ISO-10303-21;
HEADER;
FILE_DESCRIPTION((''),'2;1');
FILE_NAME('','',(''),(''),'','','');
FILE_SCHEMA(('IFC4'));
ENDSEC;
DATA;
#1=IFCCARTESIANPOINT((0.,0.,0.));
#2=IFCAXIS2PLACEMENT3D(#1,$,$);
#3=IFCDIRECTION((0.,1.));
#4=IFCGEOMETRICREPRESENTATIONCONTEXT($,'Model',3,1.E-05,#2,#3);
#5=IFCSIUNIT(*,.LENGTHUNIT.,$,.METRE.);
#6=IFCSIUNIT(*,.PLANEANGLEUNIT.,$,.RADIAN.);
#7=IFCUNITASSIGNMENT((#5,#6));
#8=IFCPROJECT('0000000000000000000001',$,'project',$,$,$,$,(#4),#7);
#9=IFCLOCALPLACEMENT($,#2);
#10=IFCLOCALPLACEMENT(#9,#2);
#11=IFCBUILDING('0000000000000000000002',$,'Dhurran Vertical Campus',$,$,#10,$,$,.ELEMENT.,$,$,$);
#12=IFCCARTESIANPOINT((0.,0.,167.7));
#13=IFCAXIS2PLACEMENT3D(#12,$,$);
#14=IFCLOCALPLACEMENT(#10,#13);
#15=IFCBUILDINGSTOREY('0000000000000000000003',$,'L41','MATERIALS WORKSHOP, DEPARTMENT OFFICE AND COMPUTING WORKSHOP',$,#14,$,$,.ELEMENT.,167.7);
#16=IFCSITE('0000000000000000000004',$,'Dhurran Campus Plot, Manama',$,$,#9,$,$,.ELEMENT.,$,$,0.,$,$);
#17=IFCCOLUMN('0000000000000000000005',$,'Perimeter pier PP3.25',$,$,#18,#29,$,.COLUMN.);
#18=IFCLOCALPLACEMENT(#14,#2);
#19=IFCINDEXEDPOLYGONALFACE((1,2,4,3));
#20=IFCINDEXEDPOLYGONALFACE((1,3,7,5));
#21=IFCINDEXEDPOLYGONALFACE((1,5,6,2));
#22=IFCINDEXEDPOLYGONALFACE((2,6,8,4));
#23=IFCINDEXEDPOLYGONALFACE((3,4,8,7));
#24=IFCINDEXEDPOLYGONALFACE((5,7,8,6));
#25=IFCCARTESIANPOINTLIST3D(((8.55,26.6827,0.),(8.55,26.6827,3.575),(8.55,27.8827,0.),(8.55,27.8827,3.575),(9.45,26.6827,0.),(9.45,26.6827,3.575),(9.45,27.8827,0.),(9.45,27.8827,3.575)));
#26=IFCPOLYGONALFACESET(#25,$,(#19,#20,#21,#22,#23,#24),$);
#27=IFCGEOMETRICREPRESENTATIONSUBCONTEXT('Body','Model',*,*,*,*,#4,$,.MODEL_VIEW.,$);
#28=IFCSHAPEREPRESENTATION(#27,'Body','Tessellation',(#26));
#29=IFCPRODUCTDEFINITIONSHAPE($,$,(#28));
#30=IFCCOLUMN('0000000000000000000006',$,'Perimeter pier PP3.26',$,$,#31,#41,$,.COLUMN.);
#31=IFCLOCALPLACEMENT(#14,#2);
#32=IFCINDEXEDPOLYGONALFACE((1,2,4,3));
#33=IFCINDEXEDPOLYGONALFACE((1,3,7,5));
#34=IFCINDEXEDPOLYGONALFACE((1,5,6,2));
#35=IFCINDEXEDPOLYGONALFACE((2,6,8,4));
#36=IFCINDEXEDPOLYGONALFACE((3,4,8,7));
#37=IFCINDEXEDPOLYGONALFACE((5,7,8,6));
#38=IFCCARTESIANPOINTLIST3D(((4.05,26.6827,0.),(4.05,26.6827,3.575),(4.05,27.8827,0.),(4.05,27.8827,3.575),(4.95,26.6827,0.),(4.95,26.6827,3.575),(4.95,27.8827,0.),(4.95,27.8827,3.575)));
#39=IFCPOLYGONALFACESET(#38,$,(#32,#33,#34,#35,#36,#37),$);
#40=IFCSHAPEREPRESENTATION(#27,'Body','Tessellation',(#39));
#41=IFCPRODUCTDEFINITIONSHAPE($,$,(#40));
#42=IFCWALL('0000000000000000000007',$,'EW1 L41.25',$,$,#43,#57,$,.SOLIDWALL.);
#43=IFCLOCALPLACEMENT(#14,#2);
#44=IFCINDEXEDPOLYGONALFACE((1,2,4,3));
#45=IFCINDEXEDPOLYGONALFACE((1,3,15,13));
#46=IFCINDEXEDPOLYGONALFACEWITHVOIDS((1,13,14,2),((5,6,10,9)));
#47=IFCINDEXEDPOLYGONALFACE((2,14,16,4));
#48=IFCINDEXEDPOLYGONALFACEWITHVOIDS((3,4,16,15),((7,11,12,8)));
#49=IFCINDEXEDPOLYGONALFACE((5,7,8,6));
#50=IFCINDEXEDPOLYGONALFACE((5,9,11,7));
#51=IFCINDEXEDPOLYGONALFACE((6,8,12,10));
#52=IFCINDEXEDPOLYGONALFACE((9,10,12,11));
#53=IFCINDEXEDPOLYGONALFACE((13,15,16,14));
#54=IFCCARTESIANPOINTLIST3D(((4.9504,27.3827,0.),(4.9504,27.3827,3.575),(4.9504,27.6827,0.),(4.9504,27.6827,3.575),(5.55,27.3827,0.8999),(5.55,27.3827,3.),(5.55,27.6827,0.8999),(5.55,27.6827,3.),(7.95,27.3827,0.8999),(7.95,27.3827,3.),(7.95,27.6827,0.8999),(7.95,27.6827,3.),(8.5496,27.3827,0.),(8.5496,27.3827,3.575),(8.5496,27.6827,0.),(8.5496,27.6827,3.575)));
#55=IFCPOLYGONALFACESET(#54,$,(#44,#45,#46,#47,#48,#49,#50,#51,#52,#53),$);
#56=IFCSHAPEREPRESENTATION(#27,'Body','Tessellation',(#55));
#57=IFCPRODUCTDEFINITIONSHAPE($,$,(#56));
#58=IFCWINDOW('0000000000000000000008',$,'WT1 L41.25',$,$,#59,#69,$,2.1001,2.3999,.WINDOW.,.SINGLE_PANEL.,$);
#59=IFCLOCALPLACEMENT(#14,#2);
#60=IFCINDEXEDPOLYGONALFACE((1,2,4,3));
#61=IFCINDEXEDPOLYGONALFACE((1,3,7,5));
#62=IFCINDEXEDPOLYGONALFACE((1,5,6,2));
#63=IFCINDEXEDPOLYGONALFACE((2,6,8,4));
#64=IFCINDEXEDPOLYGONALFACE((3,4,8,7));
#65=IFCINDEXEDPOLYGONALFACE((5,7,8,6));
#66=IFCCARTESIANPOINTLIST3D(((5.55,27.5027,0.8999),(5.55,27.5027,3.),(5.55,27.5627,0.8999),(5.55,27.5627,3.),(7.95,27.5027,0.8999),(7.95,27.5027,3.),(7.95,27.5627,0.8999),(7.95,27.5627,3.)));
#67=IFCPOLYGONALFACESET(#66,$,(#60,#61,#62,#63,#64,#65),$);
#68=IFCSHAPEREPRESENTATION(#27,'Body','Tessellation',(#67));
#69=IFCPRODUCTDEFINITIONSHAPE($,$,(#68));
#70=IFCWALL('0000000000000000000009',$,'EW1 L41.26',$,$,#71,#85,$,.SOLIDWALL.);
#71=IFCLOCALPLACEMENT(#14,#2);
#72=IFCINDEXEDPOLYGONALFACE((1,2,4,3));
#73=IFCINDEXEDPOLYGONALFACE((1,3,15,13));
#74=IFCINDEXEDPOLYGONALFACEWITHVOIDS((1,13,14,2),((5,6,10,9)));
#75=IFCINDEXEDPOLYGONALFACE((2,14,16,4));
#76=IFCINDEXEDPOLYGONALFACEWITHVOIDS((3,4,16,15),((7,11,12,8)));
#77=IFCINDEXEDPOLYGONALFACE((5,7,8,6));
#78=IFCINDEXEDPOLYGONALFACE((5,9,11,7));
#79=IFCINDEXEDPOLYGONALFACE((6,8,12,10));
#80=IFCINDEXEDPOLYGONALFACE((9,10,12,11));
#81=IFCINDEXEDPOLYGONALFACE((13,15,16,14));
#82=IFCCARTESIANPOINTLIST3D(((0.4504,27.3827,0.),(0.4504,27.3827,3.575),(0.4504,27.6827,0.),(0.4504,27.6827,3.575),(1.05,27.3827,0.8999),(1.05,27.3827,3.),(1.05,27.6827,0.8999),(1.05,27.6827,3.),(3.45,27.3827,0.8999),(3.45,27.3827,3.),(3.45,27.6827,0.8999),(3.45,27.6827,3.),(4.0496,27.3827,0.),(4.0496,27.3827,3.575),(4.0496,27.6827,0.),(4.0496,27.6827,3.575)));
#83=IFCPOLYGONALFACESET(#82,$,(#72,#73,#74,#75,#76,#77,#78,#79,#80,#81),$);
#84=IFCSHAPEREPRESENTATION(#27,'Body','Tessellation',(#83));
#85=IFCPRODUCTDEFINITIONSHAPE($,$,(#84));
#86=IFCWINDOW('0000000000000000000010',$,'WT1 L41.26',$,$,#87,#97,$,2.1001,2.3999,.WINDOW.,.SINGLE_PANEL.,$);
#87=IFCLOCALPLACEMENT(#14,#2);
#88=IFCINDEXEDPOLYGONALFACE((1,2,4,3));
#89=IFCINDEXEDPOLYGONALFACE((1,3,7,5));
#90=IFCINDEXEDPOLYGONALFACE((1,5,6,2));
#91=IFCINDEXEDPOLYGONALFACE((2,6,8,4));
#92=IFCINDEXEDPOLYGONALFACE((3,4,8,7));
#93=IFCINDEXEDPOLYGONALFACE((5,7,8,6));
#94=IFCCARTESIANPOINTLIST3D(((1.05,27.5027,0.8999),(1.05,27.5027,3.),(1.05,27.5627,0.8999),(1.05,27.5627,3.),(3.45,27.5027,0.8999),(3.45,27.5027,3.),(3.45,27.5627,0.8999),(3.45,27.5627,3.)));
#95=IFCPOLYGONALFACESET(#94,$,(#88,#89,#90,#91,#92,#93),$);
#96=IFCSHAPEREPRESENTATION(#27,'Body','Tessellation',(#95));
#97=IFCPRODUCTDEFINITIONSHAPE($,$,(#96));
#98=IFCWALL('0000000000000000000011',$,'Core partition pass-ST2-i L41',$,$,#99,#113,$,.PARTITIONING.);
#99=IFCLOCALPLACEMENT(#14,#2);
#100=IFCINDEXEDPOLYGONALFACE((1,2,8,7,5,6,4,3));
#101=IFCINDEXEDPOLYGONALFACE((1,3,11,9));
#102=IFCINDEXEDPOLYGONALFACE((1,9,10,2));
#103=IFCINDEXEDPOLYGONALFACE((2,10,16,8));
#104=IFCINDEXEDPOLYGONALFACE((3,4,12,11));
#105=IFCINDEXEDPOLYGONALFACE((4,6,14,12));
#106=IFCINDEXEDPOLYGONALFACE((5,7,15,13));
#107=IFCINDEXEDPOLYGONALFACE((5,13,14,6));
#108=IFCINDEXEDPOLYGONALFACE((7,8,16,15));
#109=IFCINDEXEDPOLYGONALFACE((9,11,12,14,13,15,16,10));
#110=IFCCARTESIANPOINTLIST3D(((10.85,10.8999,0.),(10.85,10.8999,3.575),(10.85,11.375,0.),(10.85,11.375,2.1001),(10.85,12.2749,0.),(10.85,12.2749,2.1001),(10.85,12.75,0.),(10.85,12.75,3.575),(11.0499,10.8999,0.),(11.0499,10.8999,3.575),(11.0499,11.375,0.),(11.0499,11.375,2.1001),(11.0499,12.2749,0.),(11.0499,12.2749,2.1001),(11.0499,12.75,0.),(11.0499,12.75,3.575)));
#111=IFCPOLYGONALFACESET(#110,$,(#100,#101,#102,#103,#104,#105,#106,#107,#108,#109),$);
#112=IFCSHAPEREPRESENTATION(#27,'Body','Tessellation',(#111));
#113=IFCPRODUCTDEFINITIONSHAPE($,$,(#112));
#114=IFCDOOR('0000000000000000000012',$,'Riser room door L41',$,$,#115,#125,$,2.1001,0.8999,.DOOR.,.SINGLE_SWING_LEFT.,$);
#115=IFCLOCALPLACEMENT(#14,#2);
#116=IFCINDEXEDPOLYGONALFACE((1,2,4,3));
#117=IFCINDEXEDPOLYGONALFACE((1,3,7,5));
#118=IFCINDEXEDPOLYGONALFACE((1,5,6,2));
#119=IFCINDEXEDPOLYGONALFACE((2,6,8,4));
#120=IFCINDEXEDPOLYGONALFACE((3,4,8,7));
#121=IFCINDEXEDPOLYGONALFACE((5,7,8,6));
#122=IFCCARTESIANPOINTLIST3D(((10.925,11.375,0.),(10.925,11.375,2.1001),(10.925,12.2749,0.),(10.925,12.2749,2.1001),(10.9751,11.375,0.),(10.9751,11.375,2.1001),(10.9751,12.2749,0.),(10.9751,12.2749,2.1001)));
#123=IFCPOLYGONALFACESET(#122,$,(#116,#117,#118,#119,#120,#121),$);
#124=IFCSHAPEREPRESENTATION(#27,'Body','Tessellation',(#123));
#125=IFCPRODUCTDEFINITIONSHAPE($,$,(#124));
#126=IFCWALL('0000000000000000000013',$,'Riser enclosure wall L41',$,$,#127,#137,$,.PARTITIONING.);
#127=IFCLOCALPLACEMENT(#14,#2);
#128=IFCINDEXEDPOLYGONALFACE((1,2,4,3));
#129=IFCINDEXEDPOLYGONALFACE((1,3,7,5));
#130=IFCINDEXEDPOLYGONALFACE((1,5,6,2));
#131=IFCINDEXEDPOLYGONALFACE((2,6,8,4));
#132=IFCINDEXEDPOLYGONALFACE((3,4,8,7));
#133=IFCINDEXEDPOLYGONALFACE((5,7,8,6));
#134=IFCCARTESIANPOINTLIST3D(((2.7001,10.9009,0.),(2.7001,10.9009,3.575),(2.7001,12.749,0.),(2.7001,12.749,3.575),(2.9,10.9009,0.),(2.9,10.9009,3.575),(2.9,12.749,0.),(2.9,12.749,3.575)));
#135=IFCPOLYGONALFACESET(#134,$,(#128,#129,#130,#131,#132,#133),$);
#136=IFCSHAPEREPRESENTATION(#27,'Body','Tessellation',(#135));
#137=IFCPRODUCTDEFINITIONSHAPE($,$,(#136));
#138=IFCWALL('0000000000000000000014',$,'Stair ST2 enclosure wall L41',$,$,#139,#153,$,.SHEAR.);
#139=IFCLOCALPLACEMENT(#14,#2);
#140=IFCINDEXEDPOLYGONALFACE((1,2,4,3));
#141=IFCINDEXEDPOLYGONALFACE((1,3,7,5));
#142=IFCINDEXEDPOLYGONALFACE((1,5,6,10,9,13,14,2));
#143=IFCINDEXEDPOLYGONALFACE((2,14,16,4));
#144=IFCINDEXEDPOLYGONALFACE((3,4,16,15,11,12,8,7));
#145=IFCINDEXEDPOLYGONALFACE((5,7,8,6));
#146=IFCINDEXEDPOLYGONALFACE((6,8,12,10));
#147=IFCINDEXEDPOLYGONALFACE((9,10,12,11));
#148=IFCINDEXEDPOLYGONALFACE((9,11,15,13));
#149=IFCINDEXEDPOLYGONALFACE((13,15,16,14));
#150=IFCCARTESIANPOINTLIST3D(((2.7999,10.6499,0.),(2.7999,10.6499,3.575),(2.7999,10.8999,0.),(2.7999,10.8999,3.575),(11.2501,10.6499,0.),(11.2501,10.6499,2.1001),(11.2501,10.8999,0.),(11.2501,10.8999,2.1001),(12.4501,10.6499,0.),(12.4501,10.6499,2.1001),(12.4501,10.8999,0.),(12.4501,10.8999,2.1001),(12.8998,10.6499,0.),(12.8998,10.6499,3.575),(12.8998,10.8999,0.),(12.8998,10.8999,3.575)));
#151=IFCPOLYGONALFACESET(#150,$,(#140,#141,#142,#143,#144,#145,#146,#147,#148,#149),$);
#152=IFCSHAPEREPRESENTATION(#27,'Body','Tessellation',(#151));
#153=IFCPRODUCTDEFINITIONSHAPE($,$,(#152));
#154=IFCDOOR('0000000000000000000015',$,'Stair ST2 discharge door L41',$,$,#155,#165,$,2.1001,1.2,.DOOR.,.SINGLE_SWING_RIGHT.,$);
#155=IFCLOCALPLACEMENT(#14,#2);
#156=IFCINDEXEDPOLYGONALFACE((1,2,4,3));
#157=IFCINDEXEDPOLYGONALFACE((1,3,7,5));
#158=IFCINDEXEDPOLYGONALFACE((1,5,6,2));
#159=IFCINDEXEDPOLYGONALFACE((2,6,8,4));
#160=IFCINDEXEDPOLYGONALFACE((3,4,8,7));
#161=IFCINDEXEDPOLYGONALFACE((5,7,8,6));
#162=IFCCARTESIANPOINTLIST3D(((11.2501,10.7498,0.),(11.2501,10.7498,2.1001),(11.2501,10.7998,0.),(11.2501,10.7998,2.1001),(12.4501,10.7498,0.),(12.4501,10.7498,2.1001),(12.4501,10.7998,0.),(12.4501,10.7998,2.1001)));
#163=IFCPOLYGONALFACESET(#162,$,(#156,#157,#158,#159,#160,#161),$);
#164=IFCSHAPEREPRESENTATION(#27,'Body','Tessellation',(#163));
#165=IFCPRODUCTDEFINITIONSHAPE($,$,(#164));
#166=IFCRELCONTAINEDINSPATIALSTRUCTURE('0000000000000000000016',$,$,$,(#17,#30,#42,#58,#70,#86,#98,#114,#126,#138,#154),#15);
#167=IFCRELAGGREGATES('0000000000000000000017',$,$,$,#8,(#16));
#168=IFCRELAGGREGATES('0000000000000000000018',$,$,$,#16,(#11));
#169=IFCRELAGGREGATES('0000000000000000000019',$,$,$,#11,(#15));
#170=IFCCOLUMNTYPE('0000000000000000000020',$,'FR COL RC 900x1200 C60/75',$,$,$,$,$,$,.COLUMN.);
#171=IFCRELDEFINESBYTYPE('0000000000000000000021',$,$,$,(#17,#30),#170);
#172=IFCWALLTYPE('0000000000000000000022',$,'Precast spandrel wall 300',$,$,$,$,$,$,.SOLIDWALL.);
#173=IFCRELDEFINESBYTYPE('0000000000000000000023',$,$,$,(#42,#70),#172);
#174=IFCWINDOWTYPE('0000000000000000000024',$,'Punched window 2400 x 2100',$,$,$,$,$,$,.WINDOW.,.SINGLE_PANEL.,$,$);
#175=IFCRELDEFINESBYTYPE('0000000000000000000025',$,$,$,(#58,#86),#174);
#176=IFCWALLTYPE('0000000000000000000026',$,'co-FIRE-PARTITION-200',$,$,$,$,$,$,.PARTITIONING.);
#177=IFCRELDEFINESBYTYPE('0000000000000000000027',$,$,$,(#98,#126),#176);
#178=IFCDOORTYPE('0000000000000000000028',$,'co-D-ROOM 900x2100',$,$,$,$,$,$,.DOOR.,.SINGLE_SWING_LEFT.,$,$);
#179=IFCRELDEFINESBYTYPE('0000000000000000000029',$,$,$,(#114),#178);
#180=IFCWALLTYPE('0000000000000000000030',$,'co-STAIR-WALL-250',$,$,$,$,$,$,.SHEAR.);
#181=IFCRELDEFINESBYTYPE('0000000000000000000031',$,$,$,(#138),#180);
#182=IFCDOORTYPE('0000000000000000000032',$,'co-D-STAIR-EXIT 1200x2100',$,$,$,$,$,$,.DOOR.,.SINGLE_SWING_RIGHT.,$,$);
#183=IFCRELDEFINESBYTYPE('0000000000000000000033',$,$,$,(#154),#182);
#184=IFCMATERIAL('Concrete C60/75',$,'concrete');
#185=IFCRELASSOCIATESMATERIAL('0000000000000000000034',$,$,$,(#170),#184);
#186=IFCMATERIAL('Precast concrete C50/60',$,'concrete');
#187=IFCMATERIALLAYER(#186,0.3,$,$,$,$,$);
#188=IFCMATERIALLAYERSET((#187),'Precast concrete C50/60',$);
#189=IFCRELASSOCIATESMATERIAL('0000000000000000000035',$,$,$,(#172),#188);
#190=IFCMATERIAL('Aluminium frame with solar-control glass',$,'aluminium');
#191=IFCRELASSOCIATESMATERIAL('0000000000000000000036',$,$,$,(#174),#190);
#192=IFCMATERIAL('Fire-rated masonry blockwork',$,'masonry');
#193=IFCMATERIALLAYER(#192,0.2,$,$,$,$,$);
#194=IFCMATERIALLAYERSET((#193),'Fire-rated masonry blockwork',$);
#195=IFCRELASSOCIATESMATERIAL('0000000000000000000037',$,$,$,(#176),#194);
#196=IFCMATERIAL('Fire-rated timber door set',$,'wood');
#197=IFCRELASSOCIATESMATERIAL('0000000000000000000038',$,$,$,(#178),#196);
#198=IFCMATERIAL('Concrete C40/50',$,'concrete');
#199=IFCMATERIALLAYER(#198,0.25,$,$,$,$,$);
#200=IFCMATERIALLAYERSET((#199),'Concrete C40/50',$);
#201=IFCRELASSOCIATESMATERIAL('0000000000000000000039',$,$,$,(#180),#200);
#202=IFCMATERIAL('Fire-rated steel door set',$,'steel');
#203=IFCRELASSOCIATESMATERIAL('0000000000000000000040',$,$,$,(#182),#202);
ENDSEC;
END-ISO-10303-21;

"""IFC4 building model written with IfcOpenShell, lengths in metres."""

from ifc_helpers import new_model, si_unit, direction, frame, frame_2d, origin, origin_2d, place, context, subcontext, project, spatial, rectangle, extrude, material, layer, layer_set, material_profile, profile_set, type_object, element, fill, save


model = new_model("IFC4")

# Units and contexts
model_context = context("Model", 3, precision=1e-05, world=origin(), true_north=direction((0.0, 1.0)))
body_context = subcontext(model_context, "Body", "Model", "MODEL_VIEW")
ifc_project = project(units=[si_unit("LENGTHUNIT", "METRE"), si_unit("PLANEANGLEUNIT", "RADIAN")], contexts=[model_context])

# Site, building, storey
site_placement = place(None, origin())
site = spatial("IfcSite", under=ifc_project, at=site_placement, Name="Dhurran Campus Plot, Manama", CompositionType="ELEMENT", RefElevation=0.0)
building_placement = place(site_placement, origin())
building = spatial("IfcBuilding", under=site, at=building_placement, Name="Dhurran Vertical Campus", CompositionType="ELEMENT")
storey_placement = place(building_placement, frame((0.0, 0.0, 167.7)))
storey = spatial("IfcBuildingStorey", under=building, at=storey_placement, Name="L41", Description="MATERIALS WORKSHOP, DEPARTMENT OFFICE AND COMPUTING WORKSHOP", CompositionType="ELEMENT", Elevation=167.7)

# Columns
ifc_material_1 = material(Name="Concrete C60/75", Category="concrete")
ifc_material_profile = material_profile(ifc_material_1, rectangle(XDim=0.8999, YDim=1.2, at=origin_2d()), Name="RC 900x1200")
ifc_profile_set = profile_set([ifc_material_profile], Name="Concrete C60/75")
column_type = type_object("IfcColumnType", Name="FR COL RC 900x1200 C60/75", PredefinedType="COLUMN", material=ifc_profile_set)
for number, where, z_axis, x_axis, name in (
    (1, (9.0, 27.2827, 0.0), (0.0, 0.0, 1.0), (-1.0, 0.0, 0.0), "Perimeter pier PP3.25"),
    (2, (4.5, 27.2827, 0.0), (0.0, 0.0, 1.0), (-1.0, 0.0, 0.0), "Perimeter pier PP3.26"),
):
    element("IfcColumn", number, at=place(storey_placement, frame(where, z_axis=z_axis, x_axis=x_axis)), inside=storey, type_object=column_type, Name=name, PredefinedType="COLUMN", context=body_context, shape_type="SweptSolid", body=[
        extrude(rectangle(XDim=0.8999, YDim=1.2, at=origin_2d()), origin(), (0.0, 0.0, 1.0), 3.575),
    ])

# Walls, openings, windows
ifc_material_2 = material(Name="Precast concrete C50/60", Category="concrete")
ifc_layer_1 = layer(ifc_material_2, 0.3)
ifc_layer_set_1 = layer_set([ifc_layer_1], Name="Precast concrete C50/60")
wall_type_1 = type_object("IfcWallType", Name="Precast spandrel wall 300", PredefinedType="SOLIDWALL", material=ifc_layer_set_1)
wall_1_placement = place(storey_placement, frame((8.5496, 27.5327, 0.0), z_axis=(0.0, 0.0, 1.0), x_axis=(-1.0, 0.0, 0.0)))
wall_1 = element("IfcWall", 3, at=wall_1_placement, inside=storey, type_object=wall_type_1, Name="EW1 L41.25", PredefinedType="SOLIDWALL", context=body_context, shape_type="SweptSolid", body=[
    extrude(rectangle(XDim=3.5991, YDim=0.3, at=frame_2d((1.7996, 0.0))), origin(), (0.0, 0.0, 1.0), 3.575),
])
opening_1_placement = place(wall_1_placement, frame((0.5996, 0.0, 0.8999)))
opening_1 = element("IfcOpeningElement", 4, at=opening_1_placement, cuts=wall_1, PredefinedType="OPENING", context=body_context, shape_type="SweptSolid", body=[
    extrude(rectangle(XDim=2.3999, YDim=2.1001, at=frame_2d((1.2, 1.05))), frame((0.0, 0.1599, 0.0), z_axis=(0.0, -1.0, 0.0), x_axis=(1.0, 0.0, 0.0)), (0.0, 0.0, 1.0), 0.3201),
])
ifc_material_3 = material(Name="Aluminium frame with solar-control glass", Category="aluminium")
window_type = type_object("IfcWindowType", Name="Punched window 2400 x 2100", PartitioningType="SINGLE_PANEL", PredefinedType="WINDOW", material=ifc_material_3)
window_1_placement = place(opening_1_placement, origin())
window_1 = element("IfcWindow", 5, at=window_1_placement, inside=storey, type_object=window_type, Name="WT1 L41.25", OverallHeight=2.1001, OverallWidth=2.3999, PartitioningType="SINGLE_PANEL", PredefinedType="WINDOW", context=body_context, shape_type="SweptSolid", body=[
    extrude(rectangle(XDim=2.3999, YDim=2.1001, at=frame_2d((1.2, 1.05))), frame((0.0, 0.03, 0.0), z_axis=(0.0, -1.0, 0.0), x_axis=(1.0, 0.0, 0.0)), (0.0, 0.0, 1.0), 0.0601),
])
fill(opening_1, window_1)
wall_2_placement = place(storey_placement, frame((4.0496, 27.5327, 0.0), z_axis=(0.0, 0.0, 1.0), x_axis=(-1.0, 0.0, 0.0)))
wall_2 = element("IfcWall", 6, at=wall_2_placement, inside=storey, type_object=wall_type_1, Name="EW1 L41.26", PredefinedType="SOLIDWALL", context=body_context, shape_type="SweptSolid", body=[
    extrude(rectangle(XDim=3.5991, YDim=0.3, at=frame_2d((1.7996, 0.0))), origin(), (0.0, 0.0, 1.0), 3.575),
])
opening_2_placement = place(wall_2_placement, frame((0.5996, 0.0, 0.8999)))
opening_2 = element("IfcOpeningElement", 7, at=opening_2_placement, cuts=wall_2, PredefinedType="OPENING", context=body_context, shape_type="SweptSolid", body=[
    extrude(rectangle(XDim=2.3999, YDim=2.1001, at=frame_2d((1.2, 1.05))), frame((0.0, 0.1599, 0.0), z_axis=(0.0, -1.0, 0.0), x_axis=(1.0, 0.0, 0.0)), (0.0, 0.0, 1.0), 0.3201),
])
window_2_placement = place(opening_2_placement, origin())
window_2 = element("IfcWindow", 8, at=window_2_placement, inside=storey, type_object=window_type, Name="WT1 L41.26", OverallHeight=2.1001, OverallWidth=2.3999, PartitioningType="SINGLE_PANEL", PredefinedType="WINDOW", context=body_context, shape_type="SweptSolid", body=[
    extrude(rectangle(XDim=2.3999, YDim=2.1001, at=frame_2d((1.2, 1.05))), frame((0.0, 0.03, 0.0), z_axis=(0.0, -1.0, 0.0), x_axis=(1.0, 0.0, 0.0)), (0.0, 0.0, 1.0), 0.0601),
])
fill(opening_2, window_2)

# Wall, opening, door
ifc_material_4 = material(Name="Fire-rated masonry blockwork", Category="masonry")
ifc_layer_2 = layer(ifc_material_4, 0.2)
ifc_layer_set_2 = layer_set([ifc_layer_2], Name="Fire-rated masonry blockwork")
wall_type_2 = type_object("IfcWallType", Name="co-FIRE-PARTITION-200", PredefinedType="PARTITIONING", material=ifc_layer_set_2)
wall_3_placement = place(storey_placement, frame((10.95, 10.8999, 0.0), z_axis=(0.0, 0.0, 1.0), x_axis=(0.0, 1.0, 0.0)))
wall_3 = element("IfcWall", 9, at=wall_3_placement, inside=storey, type_object=wall_type_2, Name="Core partition pass-ST2-i L41", PredefinedType="PARTITIONING", context=body_context, shape_type="SweptSolid", body=[
    extrude(rectangle(XDim=1.8501, YDim=0.2, at=frame_2d((0.925, 0.0))), origin(), (0.0, 0.0, 1.0), 3.575),
])
opening_3_placement = place(wall_3_placement, frame((0.4751, 0.0, 0.0)))
opening_3 = element("IfcOpeningElement", 10, at=opening_3_placement, cuts=wall_3, PredefinedType="OPENING", context=body_context, shape_type="SweptSolid", body=[
    extrude(rectangle(XDim=0.8999, YDim=2.1001, at=frame_2d((0.45, 1.05))), frame((0.0, 0.1099, 0.0), z_axis=(0.0, -1.0, 0.0), x_axis=(1.0, 0.0, 0.0)), (0.0, 0.0, 1.0), 0.22),
])
ifc_material_5 = material(Name="Fire-rated timber door set", Category="wood")
door_type_1 = type_object("IfcDoorType", Name="co-D-ROOM 900x2100", OperationType="SINGLE_SWING_LEFT", PredefinedType="DOOR", material=ifc_material_5)
door_1_placement = place(opening_3_placement, origin())
door_1 = element("IfcDoor", 11, at=door_1_placement, inside=storey, type_object=door_type_1, Name="Riser room door L41", OperationType="SINGLE_SWING_LEFT", OverallHeight=2.1001, OverallWidth=0.8999, PredefinedType="DOOR", context=body_context, shape_type="SweptSolid", body=[
    extrude(rectangle(XDim=0.8999, YDim=2.1001, at=frame_2d((0.45, 1.05))), frame((0.0, 0.0249, 0.0), z_axis=(0.0, -1.0, 0.0), x_axis=(1.0, 0.0, 0.0)), (0.0, 0.0, 1.0), 0.05),
])
fill(opening_3, door_1)

# Wall
wall_4_placement = place(storey_placement, frame((2.8, 12.749, 0.0), z_axis=(0.0, 0.0, 1.0), x_axis=(0.0, -1.0, 0.0)))
element("IfcWall", 12, at=wall_4_placement, inside=storey, type_object=wall_type_2, Name="Riser enclosure wall L41", PredefinedType="PARTITIONING", context=body_context, shape_type="SweptSolid", body=[
    extrude(rectangle(XDim=1.8481, YDim=0.2, at=frame_2d((0.9241, 0.0))), origin(), (0.0, 0.0, 1.0), 3.575),
])

# Wall, opening, door
ifc_material_6 = material(Name="Concrete C40/50", Category="concrete")
ifc_layer_3 = layer(ifc_material_6, 0.25)
ifc_layer_set_3 = layer_set([ifc_layer_3], Name="Concrete C40/50")
wall_type_3 = type_object("IfcWallType", Name="co-STAIR-WALL-250", PredefinedType="SHEAR", material=ifc_layer_set_3)
wall_5_placement = place(storey_placement, frame((2.8, 10.7749, 0.0), z_axis=(0.0, 0.0, 1.0), x_axis=(1.0, 0.0, 0.0)))
wall_5 = element("IfcWall", 13, at=wall_5_placement, inside=storey, type_object=wall_type_3, Name="Stair ST2 enclosure wall L41", PredefinedType="SHEAR", context=body_context, shape_type="SweptSolid", body=[
    extrude(rectangle(XDim=10.0999, YDim=0.25, at=frame_2d((5.0498, 0.0))), origin(), (0.0, 0.0, 1.0), 3.575),
])
opening_4_placement = place(wall_5_placement, frame((8.45, 0.0, 0.0)))
opening_4 = element("IfcOpeningElement", 14, at=opening_4_placement, cuts=wall_5, PredefinedType="OPENING", context=body_context, shape_type="SweptSolid", body=[
    extrude(rectangle(XDim=1.2, YDim=2.1001, at=frame_2d((0.6001, 1.05))), frame((0.0, 0.135, 0.0), z_axis=(0.0, -1.0, 0.0), x_axis=(1.0, 0.0, 0.0)), (0.0, 0.0, 1.0), 0.27),
])
ifc_material_7 = material(Name="Fire-rated steel door set", Category="steel")
door_type_2 = type_object("IfcDoorType", Name="co-D-STAIR-EXIT 1200x2100", OperationType="SINGLE_SWING_RIGHT", PredefinedType="DOOR", material=ifc_material_7)
door_2_placement = place(opening_4_placement, origin())
door_2 = element("IfcDoor", 15, at=door_2_placement, inside=storey, type_object=door_type_2, Name="Stair ST2 discharge door L41", OperationType="SINGLE_SWING_RIGHT", OverallHeight=2.1001, OverallWidth=1.2, PredefinedType="DOOR", context=body_context, shape_type="SweptSolid", body=[
    extrude(rectangle(XDim=1.2, YDim=2.1001, at=frame_2d((0.6001, 1.05))), frame((0.0, 0.0249, 0.0), z_axis=(0.0, -1.0, 0.0), x_axis=(1.0, 0.0, 0.0)), (0.0, 0.0, 1.0), 0.05),
])
fill(opening_4, door_2)

save(model, "model.ifc")
